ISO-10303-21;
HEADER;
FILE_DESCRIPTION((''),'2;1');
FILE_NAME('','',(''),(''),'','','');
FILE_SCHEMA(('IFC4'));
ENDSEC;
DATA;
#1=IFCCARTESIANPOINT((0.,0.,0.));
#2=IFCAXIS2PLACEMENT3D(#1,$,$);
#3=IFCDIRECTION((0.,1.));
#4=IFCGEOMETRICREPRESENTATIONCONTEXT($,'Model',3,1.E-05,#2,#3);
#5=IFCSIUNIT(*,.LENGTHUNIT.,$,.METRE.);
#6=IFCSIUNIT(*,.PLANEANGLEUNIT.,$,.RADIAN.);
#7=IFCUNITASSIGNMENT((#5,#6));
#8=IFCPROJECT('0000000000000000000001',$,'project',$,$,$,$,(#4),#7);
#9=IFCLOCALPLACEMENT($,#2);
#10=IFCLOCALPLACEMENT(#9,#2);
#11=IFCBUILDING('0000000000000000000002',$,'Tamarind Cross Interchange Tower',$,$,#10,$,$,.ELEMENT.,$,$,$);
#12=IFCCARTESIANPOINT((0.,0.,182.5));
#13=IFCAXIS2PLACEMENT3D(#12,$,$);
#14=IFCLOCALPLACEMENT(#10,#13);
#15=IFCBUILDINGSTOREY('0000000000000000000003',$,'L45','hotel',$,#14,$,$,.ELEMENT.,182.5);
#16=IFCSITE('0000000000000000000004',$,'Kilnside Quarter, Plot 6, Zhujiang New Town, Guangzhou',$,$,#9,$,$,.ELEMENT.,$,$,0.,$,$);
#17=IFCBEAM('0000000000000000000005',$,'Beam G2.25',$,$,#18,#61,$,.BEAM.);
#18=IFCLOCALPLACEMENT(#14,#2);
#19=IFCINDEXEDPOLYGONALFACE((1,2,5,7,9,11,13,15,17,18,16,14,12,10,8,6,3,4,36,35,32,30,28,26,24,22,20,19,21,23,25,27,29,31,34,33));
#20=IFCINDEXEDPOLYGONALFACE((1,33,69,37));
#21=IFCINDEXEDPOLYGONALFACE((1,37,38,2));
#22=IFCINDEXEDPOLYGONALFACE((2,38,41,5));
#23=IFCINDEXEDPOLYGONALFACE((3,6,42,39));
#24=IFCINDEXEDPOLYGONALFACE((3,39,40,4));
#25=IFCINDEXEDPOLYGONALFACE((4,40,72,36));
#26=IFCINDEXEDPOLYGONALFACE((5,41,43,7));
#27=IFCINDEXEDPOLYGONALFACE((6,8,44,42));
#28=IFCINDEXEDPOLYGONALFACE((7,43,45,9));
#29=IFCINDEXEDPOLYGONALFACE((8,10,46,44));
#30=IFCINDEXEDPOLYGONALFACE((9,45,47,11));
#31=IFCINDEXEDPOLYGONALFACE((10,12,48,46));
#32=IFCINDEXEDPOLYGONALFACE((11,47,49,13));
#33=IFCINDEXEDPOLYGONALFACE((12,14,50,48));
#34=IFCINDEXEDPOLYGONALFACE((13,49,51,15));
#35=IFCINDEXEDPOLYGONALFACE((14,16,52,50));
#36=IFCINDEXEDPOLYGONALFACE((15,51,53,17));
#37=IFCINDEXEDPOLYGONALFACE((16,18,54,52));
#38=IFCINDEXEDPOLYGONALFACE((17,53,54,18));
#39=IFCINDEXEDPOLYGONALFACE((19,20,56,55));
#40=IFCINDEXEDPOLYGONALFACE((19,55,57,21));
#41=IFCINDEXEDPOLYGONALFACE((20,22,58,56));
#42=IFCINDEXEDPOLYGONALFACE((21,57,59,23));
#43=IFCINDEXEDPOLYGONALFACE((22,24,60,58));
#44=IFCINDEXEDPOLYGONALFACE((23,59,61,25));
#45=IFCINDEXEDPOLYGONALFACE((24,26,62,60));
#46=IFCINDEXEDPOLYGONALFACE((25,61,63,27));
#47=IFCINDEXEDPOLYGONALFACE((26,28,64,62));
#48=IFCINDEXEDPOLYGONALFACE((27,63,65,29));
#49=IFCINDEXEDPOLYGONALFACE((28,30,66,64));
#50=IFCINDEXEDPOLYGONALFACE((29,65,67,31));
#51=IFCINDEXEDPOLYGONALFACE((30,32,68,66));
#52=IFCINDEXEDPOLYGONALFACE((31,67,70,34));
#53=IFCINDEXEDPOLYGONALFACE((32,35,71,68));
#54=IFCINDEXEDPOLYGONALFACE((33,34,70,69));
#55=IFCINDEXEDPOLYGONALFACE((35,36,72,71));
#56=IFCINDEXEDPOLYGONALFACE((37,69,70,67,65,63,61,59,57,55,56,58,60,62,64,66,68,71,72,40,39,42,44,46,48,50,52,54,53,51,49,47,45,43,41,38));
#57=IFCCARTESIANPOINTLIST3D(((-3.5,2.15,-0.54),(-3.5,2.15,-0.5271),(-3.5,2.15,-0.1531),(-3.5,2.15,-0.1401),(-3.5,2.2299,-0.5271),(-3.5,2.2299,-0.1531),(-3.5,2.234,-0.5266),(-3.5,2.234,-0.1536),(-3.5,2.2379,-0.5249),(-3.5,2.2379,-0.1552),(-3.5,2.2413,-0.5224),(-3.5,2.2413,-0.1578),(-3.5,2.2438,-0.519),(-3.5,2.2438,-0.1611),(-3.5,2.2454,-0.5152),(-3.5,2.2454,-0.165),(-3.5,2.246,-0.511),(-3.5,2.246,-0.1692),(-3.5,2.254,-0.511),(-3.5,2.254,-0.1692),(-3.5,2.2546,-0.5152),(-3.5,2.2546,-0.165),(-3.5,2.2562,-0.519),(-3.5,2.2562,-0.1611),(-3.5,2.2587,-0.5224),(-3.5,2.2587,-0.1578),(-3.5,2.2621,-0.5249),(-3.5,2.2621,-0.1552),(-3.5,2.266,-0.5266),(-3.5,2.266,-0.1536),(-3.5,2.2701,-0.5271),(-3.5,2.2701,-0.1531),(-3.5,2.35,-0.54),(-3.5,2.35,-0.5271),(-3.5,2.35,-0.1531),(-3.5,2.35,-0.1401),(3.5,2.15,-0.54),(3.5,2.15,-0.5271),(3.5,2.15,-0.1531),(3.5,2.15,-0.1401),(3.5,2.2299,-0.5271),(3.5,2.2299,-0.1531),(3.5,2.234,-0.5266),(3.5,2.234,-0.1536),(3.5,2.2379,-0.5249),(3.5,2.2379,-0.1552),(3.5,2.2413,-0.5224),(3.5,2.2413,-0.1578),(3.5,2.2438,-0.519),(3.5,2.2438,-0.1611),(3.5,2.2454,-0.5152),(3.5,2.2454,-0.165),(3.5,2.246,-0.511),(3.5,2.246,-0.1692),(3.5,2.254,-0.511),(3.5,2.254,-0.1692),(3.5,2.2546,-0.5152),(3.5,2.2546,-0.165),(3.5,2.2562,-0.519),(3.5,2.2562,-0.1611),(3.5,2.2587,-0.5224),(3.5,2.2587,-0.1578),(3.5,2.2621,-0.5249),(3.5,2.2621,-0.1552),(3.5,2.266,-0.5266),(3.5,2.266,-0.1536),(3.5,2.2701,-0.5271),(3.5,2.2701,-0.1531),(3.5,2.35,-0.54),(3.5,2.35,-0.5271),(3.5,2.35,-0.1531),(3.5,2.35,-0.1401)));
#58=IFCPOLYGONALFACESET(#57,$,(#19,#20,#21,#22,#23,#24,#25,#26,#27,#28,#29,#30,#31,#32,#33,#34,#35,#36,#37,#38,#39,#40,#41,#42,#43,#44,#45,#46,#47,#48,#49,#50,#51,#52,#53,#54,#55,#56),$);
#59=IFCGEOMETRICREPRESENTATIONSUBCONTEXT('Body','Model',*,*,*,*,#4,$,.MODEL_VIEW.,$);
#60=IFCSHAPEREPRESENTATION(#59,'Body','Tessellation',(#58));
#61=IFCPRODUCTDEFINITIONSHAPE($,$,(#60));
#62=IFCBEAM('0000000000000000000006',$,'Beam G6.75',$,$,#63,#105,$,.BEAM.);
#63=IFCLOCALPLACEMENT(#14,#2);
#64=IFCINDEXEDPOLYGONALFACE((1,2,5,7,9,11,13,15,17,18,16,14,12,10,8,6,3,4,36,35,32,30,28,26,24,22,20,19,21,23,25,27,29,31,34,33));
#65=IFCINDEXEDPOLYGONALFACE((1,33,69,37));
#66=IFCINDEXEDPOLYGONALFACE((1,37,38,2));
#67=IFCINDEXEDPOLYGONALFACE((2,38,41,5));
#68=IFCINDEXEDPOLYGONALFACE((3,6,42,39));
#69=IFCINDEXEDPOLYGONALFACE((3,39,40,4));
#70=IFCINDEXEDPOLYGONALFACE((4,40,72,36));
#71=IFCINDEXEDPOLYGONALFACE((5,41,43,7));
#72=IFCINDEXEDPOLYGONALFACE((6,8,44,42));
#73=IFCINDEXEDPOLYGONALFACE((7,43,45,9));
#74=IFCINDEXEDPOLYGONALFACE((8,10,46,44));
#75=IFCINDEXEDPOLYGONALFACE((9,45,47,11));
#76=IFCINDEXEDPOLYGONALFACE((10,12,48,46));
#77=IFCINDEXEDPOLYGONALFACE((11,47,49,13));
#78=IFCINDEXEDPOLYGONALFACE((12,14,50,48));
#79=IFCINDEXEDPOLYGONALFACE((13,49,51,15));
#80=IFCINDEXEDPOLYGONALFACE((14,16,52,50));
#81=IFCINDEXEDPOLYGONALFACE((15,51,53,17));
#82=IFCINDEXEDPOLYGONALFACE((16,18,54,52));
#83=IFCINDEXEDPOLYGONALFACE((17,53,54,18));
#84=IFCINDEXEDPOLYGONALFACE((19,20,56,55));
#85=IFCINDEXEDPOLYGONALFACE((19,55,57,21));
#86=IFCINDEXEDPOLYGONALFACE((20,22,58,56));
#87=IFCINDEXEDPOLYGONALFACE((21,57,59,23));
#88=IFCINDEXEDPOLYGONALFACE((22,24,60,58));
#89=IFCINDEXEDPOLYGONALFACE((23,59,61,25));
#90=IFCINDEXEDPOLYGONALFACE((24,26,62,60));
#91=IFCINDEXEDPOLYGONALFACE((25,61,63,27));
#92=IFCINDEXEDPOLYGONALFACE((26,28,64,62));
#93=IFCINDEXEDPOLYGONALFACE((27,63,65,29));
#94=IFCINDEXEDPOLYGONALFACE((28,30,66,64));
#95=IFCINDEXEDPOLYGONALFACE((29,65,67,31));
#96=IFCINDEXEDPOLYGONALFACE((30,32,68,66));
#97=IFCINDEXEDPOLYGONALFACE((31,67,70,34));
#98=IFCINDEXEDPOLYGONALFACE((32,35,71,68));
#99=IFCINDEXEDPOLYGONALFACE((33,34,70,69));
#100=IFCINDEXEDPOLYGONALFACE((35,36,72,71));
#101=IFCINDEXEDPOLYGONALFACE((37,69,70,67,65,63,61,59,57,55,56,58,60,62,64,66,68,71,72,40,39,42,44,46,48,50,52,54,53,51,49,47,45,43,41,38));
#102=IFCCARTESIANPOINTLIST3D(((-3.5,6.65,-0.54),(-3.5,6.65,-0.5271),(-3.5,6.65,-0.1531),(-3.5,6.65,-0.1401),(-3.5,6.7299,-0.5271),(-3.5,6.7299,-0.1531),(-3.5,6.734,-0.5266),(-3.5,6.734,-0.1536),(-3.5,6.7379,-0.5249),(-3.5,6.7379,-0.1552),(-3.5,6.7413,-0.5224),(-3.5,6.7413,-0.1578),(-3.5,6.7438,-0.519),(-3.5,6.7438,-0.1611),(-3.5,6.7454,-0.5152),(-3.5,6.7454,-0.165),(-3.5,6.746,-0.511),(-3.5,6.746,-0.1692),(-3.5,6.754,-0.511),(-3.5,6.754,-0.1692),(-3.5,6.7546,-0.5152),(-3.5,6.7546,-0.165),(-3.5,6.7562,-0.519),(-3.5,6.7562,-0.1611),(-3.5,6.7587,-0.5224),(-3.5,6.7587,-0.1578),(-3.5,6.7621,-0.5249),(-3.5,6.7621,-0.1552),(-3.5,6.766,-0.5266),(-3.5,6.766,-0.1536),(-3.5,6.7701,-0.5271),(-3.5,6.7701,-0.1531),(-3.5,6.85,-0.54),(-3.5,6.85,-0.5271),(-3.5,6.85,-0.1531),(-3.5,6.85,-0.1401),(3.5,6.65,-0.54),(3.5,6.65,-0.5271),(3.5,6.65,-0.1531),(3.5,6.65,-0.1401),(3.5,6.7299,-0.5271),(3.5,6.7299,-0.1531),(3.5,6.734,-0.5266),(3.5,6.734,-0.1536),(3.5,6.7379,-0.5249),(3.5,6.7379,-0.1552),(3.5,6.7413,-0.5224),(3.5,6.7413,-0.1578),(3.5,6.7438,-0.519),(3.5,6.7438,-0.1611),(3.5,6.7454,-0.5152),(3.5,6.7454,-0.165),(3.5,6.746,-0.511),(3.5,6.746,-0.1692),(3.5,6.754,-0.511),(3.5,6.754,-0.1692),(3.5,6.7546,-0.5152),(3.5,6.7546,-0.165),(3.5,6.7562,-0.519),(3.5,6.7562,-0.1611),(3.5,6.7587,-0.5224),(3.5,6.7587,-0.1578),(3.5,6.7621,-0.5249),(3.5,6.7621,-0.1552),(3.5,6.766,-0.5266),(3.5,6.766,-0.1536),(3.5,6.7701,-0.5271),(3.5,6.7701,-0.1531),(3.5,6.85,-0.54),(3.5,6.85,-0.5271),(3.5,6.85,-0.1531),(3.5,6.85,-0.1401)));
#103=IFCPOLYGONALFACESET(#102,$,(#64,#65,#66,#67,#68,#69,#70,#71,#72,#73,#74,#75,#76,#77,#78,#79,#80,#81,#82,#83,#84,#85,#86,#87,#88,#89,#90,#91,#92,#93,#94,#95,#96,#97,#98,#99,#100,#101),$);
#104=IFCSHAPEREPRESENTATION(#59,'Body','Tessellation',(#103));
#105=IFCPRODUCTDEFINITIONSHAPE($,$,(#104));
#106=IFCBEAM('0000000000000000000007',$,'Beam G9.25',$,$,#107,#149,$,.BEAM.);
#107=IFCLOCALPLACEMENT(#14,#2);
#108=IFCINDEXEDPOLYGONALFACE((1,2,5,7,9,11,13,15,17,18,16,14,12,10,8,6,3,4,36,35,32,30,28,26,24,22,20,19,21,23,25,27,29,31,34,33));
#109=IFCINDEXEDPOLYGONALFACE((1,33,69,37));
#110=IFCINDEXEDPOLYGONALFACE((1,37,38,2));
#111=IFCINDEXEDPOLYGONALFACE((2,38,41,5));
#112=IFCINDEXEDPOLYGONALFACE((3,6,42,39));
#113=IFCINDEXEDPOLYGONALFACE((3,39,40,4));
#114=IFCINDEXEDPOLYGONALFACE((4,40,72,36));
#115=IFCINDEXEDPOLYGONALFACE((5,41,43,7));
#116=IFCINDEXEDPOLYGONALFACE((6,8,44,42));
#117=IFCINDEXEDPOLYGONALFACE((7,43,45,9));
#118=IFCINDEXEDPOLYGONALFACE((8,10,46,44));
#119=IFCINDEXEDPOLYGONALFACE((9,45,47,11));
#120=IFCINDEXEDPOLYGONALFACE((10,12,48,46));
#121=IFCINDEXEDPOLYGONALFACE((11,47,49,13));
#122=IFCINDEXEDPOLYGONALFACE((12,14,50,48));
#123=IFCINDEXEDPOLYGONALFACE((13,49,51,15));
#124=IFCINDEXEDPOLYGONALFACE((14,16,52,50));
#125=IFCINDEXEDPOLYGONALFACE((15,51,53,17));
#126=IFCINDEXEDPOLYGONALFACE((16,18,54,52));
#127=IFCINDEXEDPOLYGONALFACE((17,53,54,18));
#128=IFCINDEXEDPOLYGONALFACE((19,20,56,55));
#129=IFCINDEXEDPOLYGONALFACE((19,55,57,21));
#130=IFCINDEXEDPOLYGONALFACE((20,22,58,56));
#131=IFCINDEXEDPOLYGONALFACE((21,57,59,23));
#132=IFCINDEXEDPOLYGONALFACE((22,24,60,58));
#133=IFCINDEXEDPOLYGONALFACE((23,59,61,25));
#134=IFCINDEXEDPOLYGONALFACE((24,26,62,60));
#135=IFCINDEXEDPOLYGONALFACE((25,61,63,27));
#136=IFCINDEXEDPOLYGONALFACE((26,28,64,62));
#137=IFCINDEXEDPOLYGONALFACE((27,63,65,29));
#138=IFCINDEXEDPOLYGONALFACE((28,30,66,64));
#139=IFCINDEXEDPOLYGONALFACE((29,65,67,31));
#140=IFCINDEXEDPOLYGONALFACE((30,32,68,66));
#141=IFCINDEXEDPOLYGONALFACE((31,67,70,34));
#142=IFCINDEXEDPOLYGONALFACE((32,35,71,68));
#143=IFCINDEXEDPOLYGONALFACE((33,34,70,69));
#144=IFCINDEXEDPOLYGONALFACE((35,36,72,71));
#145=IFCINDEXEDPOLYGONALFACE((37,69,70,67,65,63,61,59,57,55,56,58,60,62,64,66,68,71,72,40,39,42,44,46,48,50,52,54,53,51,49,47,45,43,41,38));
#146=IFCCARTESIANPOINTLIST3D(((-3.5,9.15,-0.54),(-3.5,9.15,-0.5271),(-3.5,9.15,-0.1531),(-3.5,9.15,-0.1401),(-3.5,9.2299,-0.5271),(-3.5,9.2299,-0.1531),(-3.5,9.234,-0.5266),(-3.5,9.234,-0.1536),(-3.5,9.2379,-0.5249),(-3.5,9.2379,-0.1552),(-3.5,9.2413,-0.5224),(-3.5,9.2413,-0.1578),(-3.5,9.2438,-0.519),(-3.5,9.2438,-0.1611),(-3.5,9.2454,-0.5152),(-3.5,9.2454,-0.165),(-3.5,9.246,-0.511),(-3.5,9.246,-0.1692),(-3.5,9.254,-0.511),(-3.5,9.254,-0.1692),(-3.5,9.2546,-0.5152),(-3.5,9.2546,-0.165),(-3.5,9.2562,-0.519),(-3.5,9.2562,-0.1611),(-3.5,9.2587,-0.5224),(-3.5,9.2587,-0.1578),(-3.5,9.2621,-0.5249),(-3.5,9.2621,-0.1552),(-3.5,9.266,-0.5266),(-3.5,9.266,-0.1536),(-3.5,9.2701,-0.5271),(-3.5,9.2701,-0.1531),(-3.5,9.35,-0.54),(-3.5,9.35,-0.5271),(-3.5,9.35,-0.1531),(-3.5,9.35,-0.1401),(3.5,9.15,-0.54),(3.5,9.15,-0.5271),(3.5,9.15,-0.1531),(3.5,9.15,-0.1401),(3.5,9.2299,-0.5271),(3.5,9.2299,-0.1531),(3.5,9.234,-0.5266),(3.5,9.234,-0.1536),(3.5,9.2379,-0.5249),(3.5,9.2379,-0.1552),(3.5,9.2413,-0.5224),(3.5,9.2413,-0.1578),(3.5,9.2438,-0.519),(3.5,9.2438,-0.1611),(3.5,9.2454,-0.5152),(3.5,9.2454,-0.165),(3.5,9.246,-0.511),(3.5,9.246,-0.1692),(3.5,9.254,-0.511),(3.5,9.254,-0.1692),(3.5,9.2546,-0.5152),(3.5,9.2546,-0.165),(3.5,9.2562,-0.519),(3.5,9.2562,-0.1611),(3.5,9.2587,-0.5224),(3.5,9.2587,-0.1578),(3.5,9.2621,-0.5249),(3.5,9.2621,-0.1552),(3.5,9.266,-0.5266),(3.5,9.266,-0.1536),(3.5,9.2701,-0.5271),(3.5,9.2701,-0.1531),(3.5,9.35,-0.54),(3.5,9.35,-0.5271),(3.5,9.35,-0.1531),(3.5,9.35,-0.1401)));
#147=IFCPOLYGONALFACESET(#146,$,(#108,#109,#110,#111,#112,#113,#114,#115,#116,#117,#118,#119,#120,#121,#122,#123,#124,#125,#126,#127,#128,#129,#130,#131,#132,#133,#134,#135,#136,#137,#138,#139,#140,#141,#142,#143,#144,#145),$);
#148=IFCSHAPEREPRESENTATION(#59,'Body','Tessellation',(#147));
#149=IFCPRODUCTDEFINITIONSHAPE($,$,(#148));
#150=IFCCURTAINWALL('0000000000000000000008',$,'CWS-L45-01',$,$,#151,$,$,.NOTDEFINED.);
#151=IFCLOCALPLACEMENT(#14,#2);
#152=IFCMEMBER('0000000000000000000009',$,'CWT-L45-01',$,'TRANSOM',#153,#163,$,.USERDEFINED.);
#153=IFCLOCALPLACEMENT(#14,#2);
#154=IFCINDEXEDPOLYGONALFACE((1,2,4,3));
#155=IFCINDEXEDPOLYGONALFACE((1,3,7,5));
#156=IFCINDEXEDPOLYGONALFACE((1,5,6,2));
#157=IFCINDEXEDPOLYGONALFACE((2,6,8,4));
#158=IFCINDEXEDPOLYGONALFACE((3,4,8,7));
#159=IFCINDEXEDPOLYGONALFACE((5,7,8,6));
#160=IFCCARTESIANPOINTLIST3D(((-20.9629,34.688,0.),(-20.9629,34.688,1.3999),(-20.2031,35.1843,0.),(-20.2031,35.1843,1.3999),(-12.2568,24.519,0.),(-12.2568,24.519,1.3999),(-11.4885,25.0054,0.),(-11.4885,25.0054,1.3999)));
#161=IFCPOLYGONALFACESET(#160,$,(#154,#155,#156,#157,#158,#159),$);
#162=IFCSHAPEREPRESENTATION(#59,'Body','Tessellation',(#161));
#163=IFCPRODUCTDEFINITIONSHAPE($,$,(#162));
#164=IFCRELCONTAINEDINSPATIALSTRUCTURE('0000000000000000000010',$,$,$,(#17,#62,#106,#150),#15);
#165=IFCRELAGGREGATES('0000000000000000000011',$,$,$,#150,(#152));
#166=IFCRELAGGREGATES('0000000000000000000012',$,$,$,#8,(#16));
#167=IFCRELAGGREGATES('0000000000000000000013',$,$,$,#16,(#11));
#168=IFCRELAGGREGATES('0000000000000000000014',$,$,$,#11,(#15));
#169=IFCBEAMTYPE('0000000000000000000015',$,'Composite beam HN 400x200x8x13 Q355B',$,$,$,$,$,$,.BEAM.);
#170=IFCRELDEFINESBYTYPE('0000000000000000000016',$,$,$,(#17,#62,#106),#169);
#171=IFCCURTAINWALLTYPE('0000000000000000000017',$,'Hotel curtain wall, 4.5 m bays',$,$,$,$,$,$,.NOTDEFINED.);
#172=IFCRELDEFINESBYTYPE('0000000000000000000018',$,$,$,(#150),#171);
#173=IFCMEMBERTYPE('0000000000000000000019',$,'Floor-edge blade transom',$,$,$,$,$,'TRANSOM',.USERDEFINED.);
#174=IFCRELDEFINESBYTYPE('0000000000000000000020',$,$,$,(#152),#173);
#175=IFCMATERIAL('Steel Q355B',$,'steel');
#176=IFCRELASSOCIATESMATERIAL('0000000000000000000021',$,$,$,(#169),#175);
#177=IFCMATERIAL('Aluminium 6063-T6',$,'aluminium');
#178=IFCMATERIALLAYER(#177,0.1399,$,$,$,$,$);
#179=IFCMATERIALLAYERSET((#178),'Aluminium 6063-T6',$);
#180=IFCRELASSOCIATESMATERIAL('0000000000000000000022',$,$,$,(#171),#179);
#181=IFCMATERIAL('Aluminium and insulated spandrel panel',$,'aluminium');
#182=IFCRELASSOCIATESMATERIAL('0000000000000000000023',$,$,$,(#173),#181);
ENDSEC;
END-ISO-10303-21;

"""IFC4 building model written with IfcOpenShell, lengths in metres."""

from ifc_helpers import new_model, si_unit, direction, frame, origin, origin_2d, place, context, subcontext, project, spatial, polyline, i_section, outline, extrude, material, layer, layer_set, material_profile, profile_set, type_object, element, aggregate, save


model = new_model("IFC4")

# Units and contexts
model_context = context("Model", 3, precision=1e-05, world=origin(), true_north=direction((0.0, 1.0)))
body_context = subcontext(model_context, "Body", "Model", "MODEL_VIEW")
ifc_project = project(units=[si_unit("LENGTHUNIT", "METRE"), si_unit("PLANEANGLEUNIT", "RADIAN")], contexts=[model_context])

# Site, building, storey
site_placement = place(None, origin())
site = spatial("IfcSite", under=ifc_project, at=site_placement, Name="Kilnside Quarter, Plot 6, Zhujiang New Town, Guangzhou", CompositionType="ELEMENT", RefElevation=0.0)
building_placement = place(site_placement, origin())
building = spatial("IfcBuilding", under=site, at=building_placement, Name="Tamarind Cross Interchange Tower", CompositionType="ELEMENT")
storey_placement = place(building_placement, frame((0.0, 0.0, 182.5)))
storey = spatial("IfcBuildingStorey", under=building, at=storey_placement, Name="L45", Description="hotel", CompositionType="ELEMENT", Elevation=182.5)

# Beams
ifc_material_1 = material(Name="Steel Q355B", Category="steel")
ifc_material_profile = material_profile(ifc_material_1, i_section(OverallWidth=0.2, OverallDepth=0.3999, WebThickness=0.0081, FlangeThickness=0.0129, FilletRadius=0.0161, at=origin_2d()), Name="HN 400x200x8x13")
ifc_profile_set = profile_set([ifc_material_profile], Name="Steel Q355B")
beam_type = type_object("IfcBeamType", Name="Composite beam HN 400x200x8x13 Q355B", PredefinedType="BEAM", material=ifc_profile_set)
for number, where, z_axis, x_axis, name in (
    (1, (-3.5, 2.25, -0.3401), (1.0, 0.0, 0.0), (0.0, 1.0, 0.0), "Beam G2.25"),
    (2, (-3.5, 6.75, -0.3401), (1.0, 0.0, 0.0), (0.0, 1.0, 0.0), "Beam G6.75"),
    (3, (-3.5, 9.25, -0.3401), (1.0, 0.0, 0.0), (0.0, 1.0, 0.0), "Beam G9.25"),
):
    element("IfcBeam", number, at=place(storey_placement, frame(where, z_axis=z_axis, x_axis=x_axis)), inside=storey, type_object=beam_type, Name=name, PredefinedType="BEAM", context=body_context, shape_type="SweptSolid", body=[
        extrude(i_section(OverallWidth=0.2, OverallDepth=0.3999, WebThickness=0.0081, FlangeThickness=0.0129, FilletRadius=0.0161, at=origin_2d()), origin(), (0.0, 0.0, 1.0), 7.0),
    ])

# Curtain wall, member
ifc_material_2 = material(Name="Aluminium 6063-T6", Category="aluminium")
ifc_layer_1 = layer(ifc_material_2, 0.1399)
ifc_layer_set_1 = layer_set([ifc_layer_1], Name="Aluminium 6063-T6")
curtain_wall_type_1 = type_object("IfcCurtainWallType", Name="Hotel curtain wall, 4.5 m bays", PredefinedType="NOTDEFINED", material=ifc_layer_set_1)
curtain_wall_1_placement = place(storey_placement, origin())
curtain_wall_1 = element("IfcCurtainWall", 4, at=curtain_wall_1_placement, inside=storey, type_object=curtain_wall_type_1, Name="CWS-L45-01", PredefinedType="NOTDEFINED")
ifc_material_3 = material(Name="Aluminium and insulated spandrel panel", Category="aluminium")
member_type = type_object("IfcMemberType", Name="Floor-edge blade transom", ElementType="TRANSOM", PredefinedType="USERDEFINED", material=ifc_material_3)
member_1_placement = place(storey_placement, origin())
member_1 = element("IfcMember", 5, at=member_1_placement, type_object=member_type, Name="CWT-L45-01", ObjectType="TRANSOM", PredefinedType="USERDEFINED", context=body_context, shape_type="SweptSolid", body=[
    extrude(outline(polyline([(-20.2031, 35.1843), (-11.4885, 25.0054), (-12.2568, 24.519), (-20.9629, 34.688), (-20.2031, 35.1843)])), origin(), (0.0, 0.0, 1.0), 1.3999),
])

aggregate(curtain_wall_1, [member_1])

save(model, "model.ifc")
